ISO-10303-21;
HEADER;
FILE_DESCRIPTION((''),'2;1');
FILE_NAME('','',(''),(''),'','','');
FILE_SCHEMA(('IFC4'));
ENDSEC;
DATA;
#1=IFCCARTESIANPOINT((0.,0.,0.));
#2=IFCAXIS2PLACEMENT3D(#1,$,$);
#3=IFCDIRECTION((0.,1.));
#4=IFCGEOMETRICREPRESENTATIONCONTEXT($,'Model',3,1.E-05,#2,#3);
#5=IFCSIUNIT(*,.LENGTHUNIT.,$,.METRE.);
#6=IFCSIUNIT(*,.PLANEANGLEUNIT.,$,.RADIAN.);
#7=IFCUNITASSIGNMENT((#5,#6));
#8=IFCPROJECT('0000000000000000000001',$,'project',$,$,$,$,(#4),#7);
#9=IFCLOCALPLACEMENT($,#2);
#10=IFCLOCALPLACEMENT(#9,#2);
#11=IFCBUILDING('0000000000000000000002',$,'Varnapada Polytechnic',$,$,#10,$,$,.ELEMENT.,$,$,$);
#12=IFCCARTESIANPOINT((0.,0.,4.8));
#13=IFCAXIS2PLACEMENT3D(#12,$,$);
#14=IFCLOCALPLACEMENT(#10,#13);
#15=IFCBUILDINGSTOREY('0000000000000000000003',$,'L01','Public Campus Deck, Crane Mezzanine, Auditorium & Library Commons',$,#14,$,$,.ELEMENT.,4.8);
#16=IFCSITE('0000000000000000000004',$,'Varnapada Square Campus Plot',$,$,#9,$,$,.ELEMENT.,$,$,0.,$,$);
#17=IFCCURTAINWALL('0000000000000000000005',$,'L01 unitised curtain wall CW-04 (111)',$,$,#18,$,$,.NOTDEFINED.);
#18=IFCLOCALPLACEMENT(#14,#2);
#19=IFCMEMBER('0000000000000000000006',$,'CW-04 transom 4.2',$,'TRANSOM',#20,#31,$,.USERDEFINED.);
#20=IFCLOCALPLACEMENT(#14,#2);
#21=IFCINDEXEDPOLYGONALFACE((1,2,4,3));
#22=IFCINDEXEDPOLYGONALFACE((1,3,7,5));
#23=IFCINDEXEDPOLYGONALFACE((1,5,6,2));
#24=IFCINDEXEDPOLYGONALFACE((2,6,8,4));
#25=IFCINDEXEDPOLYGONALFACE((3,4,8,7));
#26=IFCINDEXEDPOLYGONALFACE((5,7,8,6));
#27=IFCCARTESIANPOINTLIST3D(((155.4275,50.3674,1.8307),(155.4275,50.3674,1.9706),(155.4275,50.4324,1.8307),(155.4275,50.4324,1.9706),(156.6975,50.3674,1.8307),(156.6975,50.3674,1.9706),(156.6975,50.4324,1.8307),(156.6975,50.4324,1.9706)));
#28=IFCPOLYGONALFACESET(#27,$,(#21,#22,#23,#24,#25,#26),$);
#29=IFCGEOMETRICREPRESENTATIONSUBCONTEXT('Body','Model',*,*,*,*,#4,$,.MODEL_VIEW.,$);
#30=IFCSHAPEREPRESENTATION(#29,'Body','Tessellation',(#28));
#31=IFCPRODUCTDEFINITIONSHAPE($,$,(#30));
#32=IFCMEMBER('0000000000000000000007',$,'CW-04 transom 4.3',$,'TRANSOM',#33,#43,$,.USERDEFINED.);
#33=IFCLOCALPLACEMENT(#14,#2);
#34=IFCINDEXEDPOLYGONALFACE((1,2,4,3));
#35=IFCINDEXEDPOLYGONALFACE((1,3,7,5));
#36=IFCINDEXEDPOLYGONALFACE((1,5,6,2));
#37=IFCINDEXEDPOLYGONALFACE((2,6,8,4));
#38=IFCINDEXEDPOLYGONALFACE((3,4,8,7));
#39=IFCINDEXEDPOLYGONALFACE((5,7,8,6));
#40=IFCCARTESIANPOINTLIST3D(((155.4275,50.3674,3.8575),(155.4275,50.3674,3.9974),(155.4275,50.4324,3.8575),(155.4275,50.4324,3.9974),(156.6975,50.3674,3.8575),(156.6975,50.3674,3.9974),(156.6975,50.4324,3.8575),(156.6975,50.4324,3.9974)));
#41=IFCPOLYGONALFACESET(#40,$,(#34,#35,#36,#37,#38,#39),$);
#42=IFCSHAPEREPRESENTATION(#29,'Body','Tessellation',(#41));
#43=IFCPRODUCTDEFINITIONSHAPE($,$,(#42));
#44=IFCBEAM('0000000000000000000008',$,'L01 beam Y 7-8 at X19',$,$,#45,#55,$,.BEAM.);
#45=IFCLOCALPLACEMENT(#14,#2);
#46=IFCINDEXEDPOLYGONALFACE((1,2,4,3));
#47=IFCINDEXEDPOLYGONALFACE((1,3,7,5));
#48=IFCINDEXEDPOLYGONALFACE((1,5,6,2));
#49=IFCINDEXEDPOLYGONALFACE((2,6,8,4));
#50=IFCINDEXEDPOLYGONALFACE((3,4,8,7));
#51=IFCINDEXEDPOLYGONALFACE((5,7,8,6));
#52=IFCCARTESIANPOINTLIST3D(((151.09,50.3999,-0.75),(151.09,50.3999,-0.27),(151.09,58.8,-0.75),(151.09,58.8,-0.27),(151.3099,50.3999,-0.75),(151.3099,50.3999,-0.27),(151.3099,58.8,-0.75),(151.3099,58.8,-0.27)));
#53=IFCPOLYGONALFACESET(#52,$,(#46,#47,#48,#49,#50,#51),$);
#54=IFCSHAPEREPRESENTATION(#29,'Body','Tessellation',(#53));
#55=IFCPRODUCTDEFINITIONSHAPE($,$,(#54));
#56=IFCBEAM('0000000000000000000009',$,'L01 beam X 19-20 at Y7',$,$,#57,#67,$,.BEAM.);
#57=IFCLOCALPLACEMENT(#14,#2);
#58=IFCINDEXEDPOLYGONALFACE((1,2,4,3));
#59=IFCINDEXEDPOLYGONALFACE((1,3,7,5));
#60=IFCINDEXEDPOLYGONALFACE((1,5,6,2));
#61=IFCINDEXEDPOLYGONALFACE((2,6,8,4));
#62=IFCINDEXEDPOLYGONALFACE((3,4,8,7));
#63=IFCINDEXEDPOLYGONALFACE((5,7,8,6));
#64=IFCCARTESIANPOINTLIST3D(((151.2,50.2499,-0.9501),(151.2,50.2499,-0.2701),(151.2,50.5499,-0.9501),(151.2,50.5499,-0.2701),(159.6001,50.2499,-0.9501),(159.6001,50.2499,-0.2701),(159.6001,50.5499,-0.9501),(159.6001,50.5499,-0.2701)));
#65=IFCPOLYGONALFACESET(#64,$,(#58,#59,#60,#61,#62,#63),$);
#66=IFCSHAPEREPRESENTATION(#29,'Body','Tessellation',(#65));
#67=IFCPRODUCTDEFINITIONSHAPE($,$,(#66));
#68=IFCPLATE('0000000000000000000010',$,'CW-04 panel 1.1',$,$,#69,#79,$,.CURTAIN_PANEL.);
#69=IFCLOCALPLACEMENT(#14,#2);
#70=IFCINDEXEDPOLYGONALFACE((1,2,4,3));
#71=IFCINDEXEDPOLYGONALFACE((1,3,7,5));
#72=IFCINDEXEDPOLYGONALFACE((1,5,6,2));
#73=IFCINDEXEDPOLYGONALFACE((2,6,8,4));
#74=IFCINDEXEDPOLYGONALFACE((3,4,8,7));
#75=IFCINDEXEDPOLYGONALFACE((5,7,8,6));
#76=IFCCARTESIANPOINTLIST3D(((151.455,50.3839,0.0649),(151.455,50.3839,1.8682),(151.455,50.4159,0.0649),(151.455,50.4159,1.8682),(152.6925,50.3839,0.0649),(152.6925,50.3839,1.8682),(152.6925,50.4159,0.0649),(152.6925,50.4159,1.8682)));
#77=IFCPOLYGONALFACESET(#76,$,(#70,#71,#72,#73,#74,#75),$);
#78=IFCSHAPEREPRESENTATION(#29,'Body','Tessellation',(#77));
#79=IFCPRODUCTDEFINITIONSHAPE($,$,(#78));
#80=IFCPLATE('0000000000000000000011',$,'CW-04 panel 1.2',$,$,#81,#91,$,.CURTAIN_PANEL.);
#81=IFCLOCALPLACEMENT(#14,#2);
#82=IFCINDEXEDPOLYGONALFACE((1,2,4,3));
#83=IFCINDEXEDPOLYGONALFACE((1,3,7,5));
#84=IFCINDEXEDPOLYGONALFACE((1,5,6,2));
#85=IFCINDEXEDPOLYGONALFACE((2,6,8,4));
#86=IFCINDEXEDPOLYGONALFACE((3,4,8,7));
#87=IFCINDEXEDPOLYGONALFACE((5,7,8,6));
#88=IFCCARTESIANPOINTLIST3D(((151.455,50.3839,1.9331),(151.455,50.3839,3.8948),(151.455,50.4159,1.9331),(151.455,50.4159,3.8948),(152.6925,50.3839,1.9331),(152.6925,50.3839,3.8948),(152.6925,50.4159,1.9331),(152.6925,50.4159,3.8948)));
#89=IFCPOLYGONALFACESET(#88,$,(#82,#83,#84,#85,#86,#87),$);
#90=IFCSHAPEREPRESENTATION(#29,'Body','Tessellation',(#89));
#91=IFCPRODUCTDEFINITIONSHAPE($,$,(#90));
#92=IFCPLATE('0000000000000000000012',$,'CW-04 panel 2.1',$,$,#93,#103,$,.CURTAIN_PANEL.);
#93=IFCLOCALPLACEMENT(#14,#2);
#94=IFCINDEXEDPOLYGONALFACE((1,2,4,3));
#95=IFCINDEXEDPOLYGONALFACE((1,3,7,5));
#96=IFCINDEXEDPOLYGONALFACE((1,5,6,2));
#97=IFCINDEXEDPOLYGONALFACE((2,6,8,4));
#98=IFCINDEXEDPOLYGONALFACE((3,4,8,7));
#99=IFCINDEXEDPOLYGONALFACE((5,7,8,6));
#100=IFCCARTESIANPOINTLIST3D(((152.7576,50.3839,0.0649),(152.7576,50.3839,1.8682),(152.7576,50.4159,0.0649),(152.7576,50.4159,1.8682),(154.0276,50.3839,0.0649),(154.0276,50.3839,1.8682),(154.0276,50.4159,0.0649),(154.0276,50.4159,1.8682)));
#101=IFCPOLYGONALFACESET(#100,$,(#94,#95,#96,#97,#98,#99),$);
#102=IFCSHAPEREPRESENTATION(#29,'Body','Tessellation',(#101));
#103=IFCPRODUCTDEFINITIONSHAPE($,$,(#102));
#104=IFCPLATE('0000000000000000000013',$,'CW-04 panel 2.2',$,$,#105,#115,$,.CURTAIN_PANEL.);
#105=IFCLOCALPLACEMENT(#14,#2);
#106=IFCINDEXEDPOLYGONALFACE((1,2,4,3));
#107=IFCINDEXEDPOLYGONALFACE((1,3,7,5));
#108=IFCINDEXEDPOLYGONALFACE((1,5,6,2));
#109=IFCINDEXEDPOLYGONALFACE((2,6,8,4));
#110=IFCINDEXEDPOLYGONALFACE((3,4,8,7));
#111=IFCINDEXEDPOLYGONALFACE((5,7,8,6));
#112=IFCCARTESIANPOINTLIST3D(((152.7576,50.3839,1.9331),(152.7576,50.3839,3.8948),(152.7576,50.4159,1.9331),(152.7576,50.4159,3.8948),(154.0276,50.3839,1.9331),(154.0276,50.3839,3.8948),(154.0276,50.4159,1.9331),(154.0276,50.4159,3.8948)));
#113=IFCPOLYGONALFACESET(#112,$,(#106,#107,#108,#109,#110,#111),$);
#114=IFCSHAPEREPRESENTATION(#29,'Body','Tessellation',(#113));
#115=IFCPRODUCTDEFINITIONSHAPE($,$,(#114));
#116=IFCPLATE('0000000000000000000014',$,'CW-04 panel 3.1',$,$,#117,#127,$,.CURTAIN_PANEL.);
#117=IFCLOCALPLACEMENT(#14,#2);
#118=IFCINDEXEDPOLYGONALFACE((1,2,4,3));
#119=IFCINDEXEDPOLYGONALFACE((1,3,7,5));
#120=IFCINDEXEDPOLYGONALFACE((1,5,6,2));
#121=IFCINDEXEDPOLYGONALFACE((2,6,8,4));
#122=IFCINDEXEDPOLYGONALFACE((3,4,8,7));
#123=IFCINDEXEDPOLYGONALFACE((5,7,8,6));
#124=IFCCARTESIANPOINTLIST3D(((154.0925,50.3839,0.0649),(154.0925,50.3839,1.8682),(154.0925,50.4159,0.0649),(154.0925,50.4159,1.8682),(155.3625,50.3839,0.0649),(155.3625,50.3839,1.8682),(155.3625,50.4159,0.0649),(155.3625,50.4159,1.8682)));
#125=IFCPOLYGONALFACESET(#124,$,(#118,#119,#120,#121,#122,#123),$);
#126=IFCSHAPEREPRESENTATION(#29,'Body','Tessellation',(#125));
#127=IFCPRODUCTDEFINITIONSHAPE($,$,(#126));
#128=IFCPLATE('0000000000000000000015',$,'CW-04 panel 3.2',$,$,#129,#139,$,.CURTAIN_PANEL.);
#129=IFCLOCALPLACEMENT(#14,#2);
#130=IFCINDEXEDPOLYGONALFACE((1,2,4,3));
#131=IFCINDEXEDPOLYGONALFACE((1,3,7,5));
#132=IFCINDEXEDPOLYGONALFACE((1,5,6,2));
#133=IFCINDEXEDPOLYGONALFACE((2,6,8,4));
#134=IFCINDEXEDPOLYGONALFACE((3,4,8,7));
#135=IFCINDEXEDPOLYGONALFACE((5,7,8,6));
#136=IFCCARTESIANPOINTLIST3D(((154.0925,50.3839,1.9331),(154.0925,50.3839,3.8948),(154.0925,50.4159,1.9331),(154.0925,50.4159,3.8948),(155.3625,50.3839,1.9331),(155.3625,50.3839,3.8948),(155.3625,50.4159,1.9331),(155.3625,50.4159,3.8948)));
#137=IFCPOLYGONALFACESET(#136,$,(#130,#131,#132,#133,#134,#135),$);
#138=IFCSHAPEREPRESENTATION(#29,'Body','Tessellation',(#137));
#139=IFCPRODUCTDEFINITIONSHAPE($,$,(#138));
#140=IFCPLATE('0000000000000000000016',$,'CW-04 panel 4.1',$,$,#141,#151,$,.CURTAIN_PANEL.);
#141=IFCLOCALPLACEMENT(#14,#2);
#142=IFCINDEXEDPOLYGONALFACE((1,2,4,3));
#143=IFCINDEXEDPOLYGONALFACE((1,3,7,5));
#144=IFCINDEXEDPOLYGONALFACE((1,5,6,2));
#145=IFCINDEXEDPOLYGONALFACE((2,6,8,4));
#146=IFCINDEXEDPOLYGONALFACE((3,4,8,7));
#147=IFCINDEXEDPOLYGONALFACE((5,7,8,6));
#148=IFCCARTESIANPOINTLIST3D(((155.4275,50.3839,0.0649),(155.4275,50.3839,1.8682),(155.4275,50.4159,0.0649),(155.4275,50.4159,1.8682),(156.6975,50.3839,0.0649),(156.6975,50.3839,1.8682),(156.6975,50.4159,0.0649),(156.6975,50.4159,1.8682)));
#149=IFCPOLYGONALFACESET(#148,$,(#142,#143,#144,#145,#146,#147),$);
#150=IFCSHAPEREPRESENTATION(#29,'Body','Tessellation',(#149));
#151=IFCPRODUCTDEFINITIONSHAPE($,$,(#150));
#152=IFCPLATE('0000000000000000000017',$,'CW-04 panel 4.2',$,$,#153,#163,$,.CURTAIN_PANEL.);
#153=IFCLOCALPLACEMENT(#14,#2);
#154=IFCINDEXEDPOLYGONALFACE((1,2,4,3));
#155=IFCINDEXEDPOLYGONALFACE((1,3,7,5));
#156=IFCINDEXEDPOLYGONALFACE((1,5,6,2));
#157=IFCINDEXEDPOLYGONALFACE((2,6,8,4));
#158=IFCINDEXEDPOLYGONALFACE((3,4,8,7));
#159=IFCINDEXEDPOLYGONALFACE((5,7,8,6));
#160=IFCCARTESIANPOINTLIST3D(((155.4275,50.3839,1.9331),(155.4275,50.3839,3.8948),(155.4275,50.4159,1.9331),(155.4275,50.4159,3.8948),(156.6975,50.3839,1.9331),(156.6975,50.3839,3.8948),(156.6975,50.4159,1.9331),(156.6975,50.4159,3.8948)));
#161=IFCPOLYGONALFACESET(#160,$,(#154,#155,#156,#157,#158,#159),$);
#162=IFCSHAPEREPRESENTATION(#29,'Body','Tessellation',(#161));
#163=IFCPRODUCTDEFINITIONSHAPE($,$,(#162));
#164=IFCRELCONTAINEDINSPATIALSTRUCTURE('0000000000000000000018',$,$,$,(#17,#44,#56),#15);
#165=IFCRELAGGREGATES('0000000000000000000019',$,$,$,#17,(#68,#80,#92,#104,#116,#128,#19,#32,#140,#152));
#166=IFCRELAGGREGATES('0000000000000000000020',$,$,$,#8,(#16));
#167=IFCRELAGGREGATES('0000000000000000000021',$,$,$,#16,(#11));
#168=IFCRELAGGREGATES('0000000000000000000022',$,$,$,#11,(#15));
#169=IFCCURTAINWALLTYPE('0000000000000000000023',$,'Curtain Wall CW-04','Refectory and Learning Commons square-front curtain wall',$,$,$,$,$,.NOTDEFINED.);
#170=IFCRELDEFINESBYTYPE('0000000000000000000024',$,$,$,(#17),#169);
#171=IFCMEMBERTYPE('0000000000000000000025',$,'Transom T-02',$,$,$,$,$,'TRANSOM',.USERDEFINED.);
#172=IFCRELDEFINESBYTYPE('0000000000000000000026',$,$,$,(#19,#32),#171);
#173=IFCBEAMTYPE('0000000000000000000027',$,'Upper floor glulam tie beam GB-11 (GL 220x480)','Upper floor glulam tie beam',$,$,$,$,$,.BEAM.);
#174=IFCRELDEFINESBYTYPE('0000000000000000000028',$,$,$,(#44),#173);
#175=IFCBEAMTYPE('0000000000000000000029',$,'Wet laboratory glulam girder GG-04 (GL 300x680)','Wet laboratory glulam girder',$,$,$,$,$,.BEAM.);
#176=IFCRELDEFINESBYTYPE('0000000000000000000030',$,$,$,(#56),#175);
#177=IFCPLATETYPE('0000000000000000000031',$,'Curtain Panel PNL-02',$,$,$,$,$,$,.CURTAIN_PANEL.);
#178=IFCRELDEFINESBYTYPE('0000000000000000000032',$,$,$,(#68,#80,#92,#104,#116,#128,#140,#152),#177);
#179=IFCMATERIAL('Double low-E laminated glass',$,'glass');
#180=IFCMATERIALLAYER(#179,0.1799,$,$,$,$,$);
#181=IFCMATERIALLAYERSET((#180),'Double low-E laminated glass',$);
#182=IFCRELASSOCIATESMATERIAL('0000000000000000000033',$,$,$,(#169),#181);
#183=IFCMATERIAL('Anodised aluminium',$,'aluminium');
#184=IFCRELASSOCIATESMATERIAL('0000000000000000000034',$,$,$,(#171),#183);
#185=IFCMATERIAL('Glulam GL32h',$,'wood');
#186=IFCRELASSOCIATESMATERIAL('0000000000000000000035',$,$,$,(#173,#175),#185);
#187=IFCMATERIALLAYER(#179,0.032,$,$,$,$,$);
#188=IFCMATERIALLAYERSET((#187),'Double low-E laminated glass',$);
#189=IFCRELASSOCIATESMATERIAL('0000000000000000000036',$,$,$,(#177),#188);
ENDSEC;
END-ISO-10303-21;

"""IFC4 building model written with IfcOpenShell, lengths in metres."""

from ifc_helpers import new_model, si_unit, direction, frame, origin, origin_2d, place, context, subcontext, project, spatial, rectangle, extrude, material, layer, layer_set, material_profile, profile_set, type_object, element, aggregate, save


model = new_model("IFC4")

# Units and contexts
model_context = context("Model", 3, precision=1e-05, world=origin(), true_north=direction((0.0, 1.0)))
body_context = subcontext(model_context, "Body", "Model", "MODEL_VIEW")
ifc_project = project(units=[si_unit("LENGTHUNIT", "METRE"), si_unit("PLANEANGLEUNIT", "RADIAN")], contexts=[model_context])

# Site, building, storey
site_placement = place(None, origin())
site = spatial("IfcSite", under=ifc_project, at=site_placement, Name="Varnapada Square Campus Plot", CompositionType="ELEMENT", RefElevation=0.0)
building_placement = place(site_placement, origin())
building = spatial("IfcBuilding", under=site, at=building_placement, Name="Varnapada Polytechnic", CompositionType="ELEMENT")
storey_placement = place(building_placement, frame((0.0, 0.0, 4.8)))
storey = spatial("IfcBuildingStorey", under=building, at=storey_placement, Name="L01", Description="Public Campus Deck, Crane Mezzanine, Auditorium & Library Commons", CompositionType="ELEMENT", Elevation=4.8)

# Curtain wall, members
ifc_material_1 = material(Name="Double low-E laminated glass", Category="glass")
ifc_layer_1 = layer(ifc_material_1, 0.1799)
ifc_layer_set_1 = layer_set([ifc_layer_1], Name="Double low-E laminated glass")
curtain_wall_type = type_object("IfcCurtainWallType", Name="Curtain Wall CW-04", Description="Refectory and Learning Commons square-front curtain wall", PredefinedType="NOTDEFINED", material=ifc_layer_set_1)
curtain_wall_placement = place(storey_placement, origin())
curtain_wall = element("IfcCurtainWall", 1, at=curtain_wall_placement, inside=storey, type_object=curtain_wall_type, Name="L01 unitised curtain wall CW-04 (111)", PredefinedType="NOTDEFINED")
ifc_material_2 = material(Name="Anodised aluminium", Category="aluminium")
ifc_material_profile_1 = material_profile(ifc_material_2, rectangle(XDim=0.0649, YDim=0.1399, at=origin_2d()), Name="ALU T65x140")
ifc_profile_set_1 = profile_set([ifc_material_profile_1], Name="Anodised aluminium")
member_type_1 = type_object("IfcMemberType", Name="Transom T-02", ElementType="TRANSOM", PredefinedType="USERDEFINED", material=ifc_profile_set_1)
member_1_placement = place(storey_placement, frame((155.4275, 50.3999, 1.9006), z_axis=(1.0, 0.0, 0.0), x_axis=(0.0, 1.0, 0.0)))
member_1 = element("IfcMember", 2, at=member_1_placement, type_object=member_type_1, Name="CW-04 transom 4.2", ObjectType="TRANSOM", PredefinedType="USERDEFINED", context=body_context, shape_type="SweptSolid", body=[
    extrude(rectangle(XDim=0.0649, YDim=0.1399, at=origin_2d()), origin(), (0.0, 0.0, 1.0), 1.27),
])
member_2_placement = place(storey_placement, frame((155.4275, 50.3999, 3.9275), z_axis=(1.0, 0.0, 0.0), x_axis=(0.0, 1.0, 0.0)))
member_2 = element("IfcMember", 3, at=member_2_placement, type_object=member_type_1, Name="CW-04 transom 4.3", ObjectType="TRANSOM", PredefinedType="USERDEFINED", context=body_context, shape_type="SweptSolid", body=[
    extrude(rectangle(XDim=0.0649, YDim=0.1399, at=origin_2d()), origin(), (0.0, 0.0, 1.0), 1.27),
])

# Beams
ifc_material_3 = material(Name="Glulam GL32h", Category="wood")
ifc_material_profile_2 = material_profile(ifc_material_3, rectangle(XDim=0.22, YDim=0.48, at=origin_2d()), Name="GL 220x480")
ifc_profile_set_2 = profile_set([ifc_material_profile_2], Name="Glulam GL32h")
beam_type_1 = type_object("IfcBeamType", Name="Upper floor glulam tie beam GB-11 (GL 220x480)", Description="Upper floor glulam tie beam", PredefinedType="BEAM", material=ifc_profile_set_2)
beam_1_placement = place(storey_placement, frame((151.2, 50.3999, -0.51), z_axis=(0.0, 1.0, 0.0), x_axis=(-1.0, 0.0, 0.0)))
element("IfcBeam", 4, at=beam_1_placement, inside=storey, type_object=beam_type_1, Name="L01 beam Y 7-8 at X19", PredefinedType="BEAM", context=body_context, shape_type="SweptSolid", body=[
    extrude(rectangle(XDim=0.22, YDim=0.48, at=origin_2d()), origin(), (0.0, 0.0, 1.0), 8.4001),
])
ifc_material_profile_3 = material_profile(ifc_material_3, rectangle(XDim=0.3, YDim=0.6799, at=origin_2d()), Name="GL 300x680")
ifc_profile_set_3 = profile_set([ifc_material_profile_3], Name="Glulam GL32h")
beam_type_2 = type_object("IfcBeamType", Name="Wet laboratory glulam girder GG-04 (GL 300x680)", Description="Wet laboratory glulam girder", PredefinedType="BEAM", material=ifc_profile_set_3)
beam_2_placement = place(storey_placement, frame((151.2, 50.3999, -0.6101), z_axis=(1.0, 0.0, 0.0), x_axis=(0.0, 1.0, 0.0)))
element("IfcBeam", 5, at=beam_2_placement, inside=storey, type_object=beam_type_2, Name="L01 beam X 19-20 at Y7", PredefinedType="BEAM", context=body_context, shape_type="SweptSolid", body=[
    extrude(rectangle(XDim=0.3, YDim=0.6799, at=origin_2d()), origin(), (0.0, 0.0, 1.0), 8.4001),
])

# Plates
ifc_layer_2 = layer(ifc_material_1, 0.032)
ifc_layer_set_2 = layer_set([ifc_layer_2], Name="Double low-E laminated glass")
plate_type = type_object("IfcPlateType", Name="Curtain Panel PNL-02", PredefinedType="CURTAIN_PANEL", material=ifc_layer_set_2)
plate_1_placement = place(storey_placement, frame((152.0737, 50.3999, 0.0649), z_axis=(0.0, 0.0, 1.0), x_axis=(1.0, 0.0, 0.0)))
plate_1 = element("IfcPlate", 6, at=plate_1_placement, type_object=plate_type, Name="CW-04 panel 1.1", PredefinedType="CURTAIN_PANEL", context=body_context, shape_type="SweptSolid", body=[
    extrude(rectangle(XDim=1.2375, YDim=0.032, at=origin_2d()), origin(), (0.0, 0.0, 1.0), 1.8032),
])
plate_2_placement = place(storey_placement, frame((152.0737, 50.3999, 1.9331), z_axis=(0.0, 0.0, 1.0), x_axis=(1.0, 0.0, 0.0)))
plate_2 = element("IfcPlate", 7, at=plate_2_placement, type_object=plate_type, Name="CW-04 panel 1.2", PredefinedType="CURTAIN_PANEL", context=body_context, shape_type="SweptSolid", body=[
    extrude(rectangle(XDim=1.2375, YDim=0.032, at=origin_2d()), origin(), (0.0, 0.0, 1.0), 1.9617),
])
plate_3_placement = place(storey_placement, frame((153.3926, 50.3999, 0.0649), z_axis=(0.0, 0.0, 1.0), x_axis=(1.0, 0.0, 0.0)))
plate_3 = element("IfcPlate", 8, at=plate_3_placement, type_object=plate_type, Name="CW-04 panel 2.1", PredefinedType="CURTAIN_PANEL", context=body_context, shape_type="SweptSolid", body=[
    extrude(rectangle(XDim=1.27, YDim=0.032, at=origin_2d()), origin(), (0.0, 0.0, 1.0), 1.8032),
])
plate_4_placement = place(storey_placement, frame((153.3926, 50.3999, 1.9331), z_axis=(0.0, 0.0, 1.0), x_axis=(1.0, 0.0, 0.0)))
plate_4 = element("IfcPlate", 9, at=plate_4_placement, type_object=plate_type, Name="CW-04 panel 2.2", PredefinedType="CURTAIN_PANEL", context=body_context, shape_type="SweptSolid", body=[
    extrude(rectangle(XDim=1.27, YDim=0.032, at=origin_2d()), origin(), (0.0, 0.0, 1.0), 1.9617),
])
plate_5_placement = place(storey_placement, frame((154.7275, 50.3999, 0.0649), z_axis=(0.0, 0.0, 1.0), x_axis=(1.0, 0.0, 0.0)))
plate_5 = element("IfcPlate", 10, at=plate_5_placement, type_object=plate_type, Name="CW-04 panel 3.1", PredefinedType="CURTAIN_PANEL", context=body_context, shape_type="SweptSolid", body=[
    extrude(rectangle(XDim=1.27, YDim=0.032, at=origin_2d()), origin(), (0.0, 0.0, 1.0), 1.8032),
])
plate_6_placement = place(storey_placement, frame((154.7275, 50.3999, 1.9331), z_axis=(0.0, 0.0, 1.0), x_axis=(1.0, 0.0, 0.0)))
plate_6 = element("IfcPlate", 11, at=plate_6_placement, type_object=plate_type, Name="CW-04 panel 3.2", PredefinedType="CURTAIN_PANEL", context=body_context, shape_type="SweptSolid", body=[
    extrude(rectangle(XDim=1.27, YDim=0.032, at=origin_2d()), origin(), (0.0, 0.0, 1.0), 1.9617),
])
plate_7_placement = place(storey_placement, frame((156.0625, 50.3999, 0.0649), z_axis=(0.0, 0.0, 1.0), x_axis=(1.0, 0.0, 0.0)))
plate_7 = element("IfcPlate", 12, at=plate_7_placement, type_object=plate_type, Name="CW-04 panel 4.1", PredefinedType="CURTAIN_PANEL", context=body_context, shape_type="SweptSolid", body=[
    extrude(rectangle(XDim=1.27, YDim=0.032, at=origin_2d()), origin(), (0.0, 0.0, 1.0), 1.8032),
])
plate_8_placement = place(storey_placement, frame((156.0625, 50.3999, 1.9331), z_axis=(0.0, 0.0, 1.0), x_axis=(1.0, 0.0, 0.0)))
plate_8 = element("IfcPlate", 13, at=plate_8_placement, type_object=plate_type, Name="CW-04 panel 4.2", PredefinedType="CURTAIN_PANEL", context=body_context, shape_type="SweptSolid", body=[
    extrude(rectangle(XDim=1.27, YDim=0.032, at=origin_2d()), origin(), (0.0, 0.0, 1.0), 1.9617),
])
aggregate(curtain_wall, [plate_1, plate_2, plate_3, plate_4, plate_5, plate_6, member_1, member_2, plate_7, plate_8])

save(model, "model.ifc")
